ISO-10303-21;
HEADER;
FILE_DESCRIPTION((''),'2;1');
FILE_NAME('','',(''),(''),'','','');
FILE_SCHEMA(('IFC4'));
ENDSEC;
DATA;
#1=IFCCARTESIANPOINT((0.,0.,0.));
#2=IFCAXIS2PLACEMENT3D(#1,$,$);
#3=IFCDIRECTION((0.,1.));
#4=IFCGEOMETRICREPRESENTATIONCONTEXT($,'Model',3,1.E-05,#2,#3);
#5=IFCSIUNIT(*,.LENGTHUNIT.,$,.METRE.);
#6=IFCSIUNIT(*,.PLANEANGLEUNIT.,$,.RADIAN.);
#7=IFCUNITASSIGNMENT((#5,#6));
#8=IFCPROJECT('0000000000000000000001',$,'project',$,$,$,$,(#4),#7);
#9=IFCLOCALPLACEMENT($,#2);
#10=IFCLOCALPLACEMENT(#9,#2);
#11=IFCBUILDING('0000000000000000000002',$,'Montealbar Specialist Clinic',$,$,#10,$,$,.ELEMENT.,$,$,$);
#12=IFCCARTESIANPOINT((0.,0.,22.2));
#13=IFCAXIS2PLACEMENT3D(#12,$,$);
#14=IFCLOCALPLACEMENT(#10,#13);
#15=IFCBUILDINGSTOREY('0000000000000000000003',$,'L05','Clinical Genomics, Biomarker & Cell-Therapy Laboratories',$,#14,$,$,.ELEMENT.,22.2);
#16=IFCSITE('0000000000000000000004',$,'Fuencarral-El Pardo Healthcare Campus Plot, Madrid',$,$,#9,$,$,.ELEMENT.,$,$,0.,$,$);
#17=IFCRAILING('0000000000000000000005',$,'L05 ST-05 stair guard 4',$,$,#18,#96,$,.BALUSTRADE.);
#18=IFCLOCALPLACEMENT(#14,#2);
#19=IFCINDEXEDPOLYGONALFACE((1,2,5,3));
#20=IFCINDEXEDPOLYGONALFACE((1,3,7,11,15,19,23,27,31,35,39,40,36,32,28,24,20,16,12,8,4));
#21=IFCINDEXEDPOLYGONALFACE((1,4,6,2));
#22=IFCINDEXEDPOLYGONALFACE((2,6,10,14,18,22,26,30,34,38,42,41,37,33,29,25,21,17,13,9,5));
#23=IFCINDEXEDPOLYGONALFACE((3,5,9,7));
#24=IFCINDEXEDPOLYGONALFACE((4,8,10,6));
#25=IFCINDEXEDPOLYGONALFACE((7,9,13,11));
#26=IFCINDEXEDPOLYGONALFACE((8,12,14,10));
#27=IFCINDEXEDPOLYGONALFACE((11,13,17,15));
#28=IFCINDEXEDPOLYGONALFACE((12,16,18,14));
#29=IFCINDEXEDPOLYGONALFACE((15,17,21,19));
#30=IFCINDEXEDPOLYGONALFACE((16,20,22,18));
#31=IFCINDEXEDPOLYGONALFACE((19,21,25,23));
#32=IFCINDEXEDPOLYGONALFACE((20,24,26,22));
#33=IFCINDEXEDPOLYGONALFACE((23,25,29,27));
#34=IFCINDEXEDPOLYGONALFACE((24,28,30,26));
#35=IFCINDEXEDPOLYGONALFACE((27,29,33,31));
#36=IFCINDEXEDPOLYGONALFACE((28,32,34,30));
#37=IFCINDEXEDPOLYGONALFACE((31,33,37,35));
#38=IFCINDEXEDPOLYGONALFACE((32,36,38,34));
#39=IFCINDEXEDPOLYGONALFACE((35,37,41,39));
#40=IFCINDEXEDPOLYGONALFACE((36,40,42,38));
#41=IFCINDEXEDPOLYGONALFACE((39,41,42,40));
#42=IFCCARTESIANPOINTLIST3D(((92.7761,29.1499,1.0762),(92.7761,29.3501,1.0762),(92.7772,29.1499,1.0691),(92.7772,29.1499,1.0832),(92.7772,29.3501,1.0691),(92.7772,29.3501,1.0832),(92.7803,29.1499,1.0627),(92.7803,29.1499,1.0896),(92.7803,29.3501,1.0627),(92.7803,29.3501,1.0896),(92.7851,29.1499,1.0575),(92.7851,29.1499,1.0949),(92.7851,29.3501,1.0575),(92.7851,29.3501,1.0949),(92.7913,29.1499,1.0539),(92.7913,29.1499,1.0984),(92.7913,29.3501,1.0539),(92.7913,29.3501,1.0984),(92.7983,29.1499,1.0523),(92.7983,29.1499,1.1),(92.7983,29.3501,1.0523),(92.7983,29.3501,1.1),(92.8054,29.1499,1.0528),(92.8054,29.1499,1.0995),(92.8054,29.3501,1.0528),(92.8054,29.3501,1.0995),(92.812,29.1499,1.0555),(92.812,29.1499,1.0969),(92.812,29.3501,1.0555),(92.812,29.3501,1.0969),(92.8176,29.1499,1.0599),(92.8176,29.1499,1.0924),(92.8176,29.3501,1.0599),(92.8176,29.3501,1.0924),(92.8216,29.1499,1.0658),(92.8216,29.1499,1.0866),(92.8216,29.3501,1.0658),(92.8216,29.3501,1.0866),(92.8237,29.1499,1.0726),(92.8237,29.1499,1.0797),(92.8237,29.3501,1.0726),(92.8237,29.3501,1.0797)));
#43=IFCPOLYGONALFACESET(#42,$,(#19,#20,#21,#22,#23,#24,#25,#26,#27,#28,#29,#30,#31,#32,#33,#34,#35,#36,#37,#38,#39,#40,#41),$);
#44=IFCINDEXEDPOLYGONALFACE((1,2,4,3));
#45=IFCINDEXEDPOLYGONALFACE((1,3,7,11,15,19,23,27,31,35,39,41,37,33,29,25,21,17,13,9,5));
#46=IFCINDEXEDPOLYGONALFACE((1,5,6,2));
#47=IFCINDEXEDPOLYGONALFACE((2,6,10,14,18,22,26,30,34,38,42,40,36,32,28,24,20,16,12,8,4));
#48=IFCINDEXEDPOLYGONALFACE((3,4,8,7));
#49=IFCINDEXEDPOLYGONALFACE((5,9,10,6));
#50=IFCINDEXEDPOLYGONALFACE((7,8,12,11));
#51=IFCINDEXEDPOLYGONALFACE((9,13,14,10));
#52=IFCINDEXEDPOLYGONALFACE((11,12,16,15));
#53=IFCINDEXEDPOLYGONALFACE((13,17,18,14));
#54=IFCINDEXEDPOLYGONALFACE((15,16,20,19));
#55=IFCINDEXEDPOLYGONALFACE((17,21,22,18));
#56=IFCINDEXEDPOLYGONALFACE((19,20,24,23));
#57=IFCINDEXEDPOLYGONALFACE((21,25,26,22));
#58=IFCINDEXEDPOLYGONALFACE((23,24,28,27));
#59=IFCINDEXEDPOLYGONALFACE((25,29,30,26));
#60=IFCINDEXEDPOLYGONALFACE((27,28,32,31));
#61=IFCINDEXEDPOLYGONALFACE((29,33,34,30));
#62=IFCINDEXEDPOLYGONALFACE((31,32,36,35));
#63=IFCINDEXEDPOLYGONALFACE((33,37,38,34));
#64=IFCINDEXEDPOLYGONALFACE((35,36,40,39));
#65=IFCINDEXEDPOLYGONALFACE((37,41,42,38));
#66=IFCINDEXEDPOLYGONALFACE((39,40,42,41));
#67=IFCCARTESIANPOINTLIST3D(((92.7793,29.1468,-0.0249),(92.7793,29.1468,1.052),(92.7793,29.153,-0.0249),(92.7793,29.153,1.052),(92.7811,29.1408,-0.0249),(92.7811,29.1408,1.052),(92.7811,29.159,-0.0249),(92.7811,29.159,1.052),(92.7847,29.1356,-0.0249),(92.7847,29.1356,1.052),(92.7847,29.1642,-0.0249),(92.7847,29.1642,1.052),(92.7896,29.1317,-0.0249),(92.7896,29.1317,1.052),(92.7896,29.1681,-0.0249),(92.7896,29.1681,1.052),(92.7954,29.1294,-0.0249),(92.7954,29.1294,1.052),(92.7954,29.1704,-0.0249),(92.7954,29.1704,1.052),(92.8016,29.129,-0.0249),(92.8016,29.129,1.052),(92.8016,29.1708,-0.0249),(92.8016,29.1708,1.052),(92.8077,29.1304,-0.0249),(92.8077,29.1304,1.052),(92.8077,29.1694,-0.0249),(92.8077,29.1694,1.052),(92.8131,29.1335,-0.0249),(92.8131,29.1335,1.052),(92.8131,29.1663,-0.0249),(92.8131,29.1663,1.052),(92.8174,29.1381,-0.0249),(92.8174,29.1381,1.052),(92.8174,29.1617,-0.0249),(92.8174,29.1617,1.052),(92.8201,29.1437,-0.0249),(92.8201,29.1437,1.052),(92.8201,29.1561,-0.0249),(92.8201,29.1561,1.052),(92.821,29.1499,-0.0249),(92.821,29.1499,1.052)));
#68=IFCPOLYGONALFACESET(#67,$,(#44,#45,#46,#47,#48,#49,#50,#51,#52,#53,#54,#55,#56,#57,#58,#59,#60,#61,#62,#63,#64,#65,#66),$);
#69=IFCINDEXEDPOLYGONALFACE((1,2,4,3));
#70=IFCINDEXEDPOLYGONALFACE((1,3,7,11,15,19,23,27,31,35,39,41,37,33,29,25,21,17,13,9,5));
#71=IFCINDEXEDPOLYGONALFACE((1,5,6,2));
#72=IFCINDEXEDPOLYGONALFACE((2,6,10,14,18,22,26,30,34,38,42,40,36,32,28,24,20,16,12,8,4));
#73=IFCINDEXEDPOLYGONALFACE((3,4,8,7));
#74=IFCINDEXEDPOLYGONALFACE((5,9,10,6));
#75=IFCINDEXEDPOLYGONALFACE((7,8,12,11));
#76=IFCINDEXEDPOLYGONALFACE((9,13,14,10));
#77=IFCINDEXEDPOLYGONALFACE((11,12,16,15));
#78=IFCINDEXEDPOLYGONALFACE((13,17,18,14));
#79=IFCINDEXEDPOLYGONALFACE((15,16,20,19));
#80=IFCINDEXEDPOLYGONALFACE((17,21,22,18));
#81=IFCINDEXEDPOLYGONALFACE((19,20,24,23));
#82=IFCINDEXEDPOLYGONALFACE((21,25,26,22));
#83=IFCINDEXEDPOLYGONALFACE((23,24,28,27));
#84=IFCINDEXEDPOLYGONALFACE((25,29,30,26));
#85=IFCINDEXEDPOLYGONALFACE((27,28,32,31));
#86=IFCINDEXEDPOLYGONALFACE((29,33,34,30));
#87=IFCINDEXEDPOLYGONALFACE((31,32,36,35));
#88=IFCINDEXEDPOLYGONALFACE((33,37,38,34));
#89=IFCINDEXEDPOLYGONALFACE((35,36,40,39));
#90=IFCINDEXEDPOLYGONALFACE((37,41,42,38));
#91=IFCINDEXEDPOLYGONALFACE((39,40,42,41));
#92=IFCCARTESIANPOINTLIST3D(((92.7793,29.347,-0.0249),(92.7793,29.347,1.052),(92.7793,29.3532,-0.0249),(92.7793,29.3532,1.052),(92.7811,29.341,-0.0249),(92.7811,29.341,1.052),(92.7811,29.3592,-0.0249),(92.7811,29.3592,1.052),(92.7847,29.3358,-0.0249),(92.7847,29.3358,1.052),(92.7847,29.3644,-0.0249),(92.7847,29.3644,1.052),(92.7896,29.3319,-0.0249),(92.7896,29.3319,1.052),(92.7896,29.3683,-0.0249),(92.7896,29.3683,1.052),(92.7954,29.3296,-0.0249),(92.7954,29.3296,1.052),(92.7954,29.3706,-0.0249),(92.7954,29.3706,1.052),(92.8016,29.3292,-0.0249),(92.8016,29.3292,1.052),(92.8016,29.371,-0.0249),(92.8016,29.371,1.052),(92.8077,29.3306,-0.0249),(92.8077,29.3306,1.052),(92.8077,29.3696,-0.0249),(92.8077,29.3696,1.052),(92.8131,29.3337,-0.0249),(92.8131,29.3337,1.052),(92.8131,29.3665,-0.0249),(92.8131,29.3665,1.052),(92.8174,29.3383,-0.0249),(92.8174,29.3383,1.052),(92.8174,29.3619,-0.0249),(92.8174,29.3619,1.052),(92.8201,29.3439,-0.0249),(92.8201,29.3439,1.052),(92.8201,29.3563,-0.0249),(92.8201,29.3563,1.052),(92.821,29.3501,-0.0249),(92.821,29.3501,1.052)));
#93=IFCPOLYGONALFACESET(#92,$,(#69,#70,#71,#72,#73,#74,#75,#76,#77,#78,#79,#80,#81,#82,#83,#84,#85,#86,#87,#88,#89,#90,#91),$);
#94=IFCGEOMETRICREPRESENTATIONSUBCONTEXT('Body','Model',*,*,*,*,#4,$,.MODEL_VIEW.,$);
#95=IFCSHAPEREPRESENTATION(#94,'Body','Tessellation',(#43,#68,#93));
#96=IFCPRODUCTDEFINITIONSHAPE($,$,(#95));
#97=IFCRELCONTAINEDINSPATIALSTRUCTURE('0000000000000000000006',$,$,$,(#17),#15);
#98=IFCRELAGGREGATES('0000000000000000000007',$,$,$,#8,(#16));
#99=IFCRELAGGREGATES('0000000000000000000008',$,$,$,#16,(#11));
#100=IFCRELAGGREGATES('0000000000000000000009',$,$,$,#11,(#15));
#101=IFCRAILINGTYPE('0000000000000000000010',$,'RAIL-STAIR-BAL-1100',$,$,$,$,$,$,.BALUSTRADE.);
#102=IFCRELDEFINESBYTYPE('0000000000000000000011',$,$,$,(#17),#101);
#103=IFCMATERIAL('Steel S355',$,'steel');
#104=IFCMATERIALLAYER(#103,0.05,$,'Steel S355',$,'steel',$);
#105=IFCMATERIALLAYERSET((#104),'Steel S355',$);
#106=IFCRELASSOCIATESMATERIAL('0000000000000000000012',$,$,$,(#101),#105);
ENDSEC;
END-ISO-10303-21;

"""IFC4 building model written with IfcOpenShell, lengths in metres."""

from ifc_helpers import new_model, si_unit, direction, frame, origin, origin_2d, place, context, subcontext, project, spatial, circle, extrude, material, layer, layer_set, type_object, element, save


model = new_model("IFC4")

# Units and contexts
model_context = context("Model", 3, precision=1e-05, world=origin(), true_north=direction((0.0, 1.0)))
body_context = subcontext(model_context, "Body", "Model", "MODEL_VIEW")
ifc_project = project(units=[si_unit("LENGTHUNIT", "METRE"), si_unit("PLANEANGLEUNIT", "RADIAN")], contexts=[model_context])

# Site, building, storey
site_placement = place(None, origin())
site = spatial("IfcSite", under=ifc_project, at=site_placement, Name="Fuencarral-El Pardo Healthcare Campus Plot, Madrid", CompositionType="ELEMENT", RefElevation=0.0)
building_placement = place(site_placement, origin())
building = spatial("IfcBuilding", under=site, at=building_placement, Name="Montealbar Specialist Clinic", CompositionType="ELEMENT")
storey_placement = place(building_placement, frame((0.0, 0.0, 22.2)))
storey = spatial("IfcBuildingStorey", under=building, at=storey_placement, Name="L05", Description="Clinical Genomics, Biomarker & Cell-Therapy Laboratories", CompositionType="ELEMENT", Elevation=22.2)

# Shared definitions
ifc_material_1 = material(Name="Steel S355", Category="steel")

# Railing
ifc_layer_1 = layer(ifc_material_1, 0.05, Name="Steel S355", Category="steel")
ifc_layer_set_1 = layer_set([ifc_layer_1], Name="Steel S355")
railing_type_1 = type_object("IfcRailingType", Name="RAIL-STAIR-BAL-1100", PredefinedType="BALUSTRADE", material=ifc_layer_set_1)
railing_1_placement = place(storey_placement, frame((92.8, 29.1499, 0.0)))
element("IfcRailing", 1, at=railing_1_placement, inside=storey, type_object=railing_type_1, Name="L05 ST-05 stair guard 4", PredefinedType="BALUSTRADE", context=body_context, shape_type="SweptSolid", body=[
    extrude(circle(Radius=0.0239, at=origin_2d()), frame((0.0, 0.0, 1.0762), z_axis=(0.0, 1.0, 0.0), x_axis=(-1.0, 0.0, 0.0)), (0.0, 0.0, 1.0), 0.2002),
    extrude(circle(Radius=0.021, at=origin_2d()), frame((0.0, 0.0, -0.0249)), (0.0, 0.0, 1.0), 1.0769),
    extrude(circle(Radius=0.021, at=origin_2d()), frame((0.0, 0.2002, -0.0249)), (0.0, 0.0, 1.0), 1.0769),
])

save(model, "model.ifc")
